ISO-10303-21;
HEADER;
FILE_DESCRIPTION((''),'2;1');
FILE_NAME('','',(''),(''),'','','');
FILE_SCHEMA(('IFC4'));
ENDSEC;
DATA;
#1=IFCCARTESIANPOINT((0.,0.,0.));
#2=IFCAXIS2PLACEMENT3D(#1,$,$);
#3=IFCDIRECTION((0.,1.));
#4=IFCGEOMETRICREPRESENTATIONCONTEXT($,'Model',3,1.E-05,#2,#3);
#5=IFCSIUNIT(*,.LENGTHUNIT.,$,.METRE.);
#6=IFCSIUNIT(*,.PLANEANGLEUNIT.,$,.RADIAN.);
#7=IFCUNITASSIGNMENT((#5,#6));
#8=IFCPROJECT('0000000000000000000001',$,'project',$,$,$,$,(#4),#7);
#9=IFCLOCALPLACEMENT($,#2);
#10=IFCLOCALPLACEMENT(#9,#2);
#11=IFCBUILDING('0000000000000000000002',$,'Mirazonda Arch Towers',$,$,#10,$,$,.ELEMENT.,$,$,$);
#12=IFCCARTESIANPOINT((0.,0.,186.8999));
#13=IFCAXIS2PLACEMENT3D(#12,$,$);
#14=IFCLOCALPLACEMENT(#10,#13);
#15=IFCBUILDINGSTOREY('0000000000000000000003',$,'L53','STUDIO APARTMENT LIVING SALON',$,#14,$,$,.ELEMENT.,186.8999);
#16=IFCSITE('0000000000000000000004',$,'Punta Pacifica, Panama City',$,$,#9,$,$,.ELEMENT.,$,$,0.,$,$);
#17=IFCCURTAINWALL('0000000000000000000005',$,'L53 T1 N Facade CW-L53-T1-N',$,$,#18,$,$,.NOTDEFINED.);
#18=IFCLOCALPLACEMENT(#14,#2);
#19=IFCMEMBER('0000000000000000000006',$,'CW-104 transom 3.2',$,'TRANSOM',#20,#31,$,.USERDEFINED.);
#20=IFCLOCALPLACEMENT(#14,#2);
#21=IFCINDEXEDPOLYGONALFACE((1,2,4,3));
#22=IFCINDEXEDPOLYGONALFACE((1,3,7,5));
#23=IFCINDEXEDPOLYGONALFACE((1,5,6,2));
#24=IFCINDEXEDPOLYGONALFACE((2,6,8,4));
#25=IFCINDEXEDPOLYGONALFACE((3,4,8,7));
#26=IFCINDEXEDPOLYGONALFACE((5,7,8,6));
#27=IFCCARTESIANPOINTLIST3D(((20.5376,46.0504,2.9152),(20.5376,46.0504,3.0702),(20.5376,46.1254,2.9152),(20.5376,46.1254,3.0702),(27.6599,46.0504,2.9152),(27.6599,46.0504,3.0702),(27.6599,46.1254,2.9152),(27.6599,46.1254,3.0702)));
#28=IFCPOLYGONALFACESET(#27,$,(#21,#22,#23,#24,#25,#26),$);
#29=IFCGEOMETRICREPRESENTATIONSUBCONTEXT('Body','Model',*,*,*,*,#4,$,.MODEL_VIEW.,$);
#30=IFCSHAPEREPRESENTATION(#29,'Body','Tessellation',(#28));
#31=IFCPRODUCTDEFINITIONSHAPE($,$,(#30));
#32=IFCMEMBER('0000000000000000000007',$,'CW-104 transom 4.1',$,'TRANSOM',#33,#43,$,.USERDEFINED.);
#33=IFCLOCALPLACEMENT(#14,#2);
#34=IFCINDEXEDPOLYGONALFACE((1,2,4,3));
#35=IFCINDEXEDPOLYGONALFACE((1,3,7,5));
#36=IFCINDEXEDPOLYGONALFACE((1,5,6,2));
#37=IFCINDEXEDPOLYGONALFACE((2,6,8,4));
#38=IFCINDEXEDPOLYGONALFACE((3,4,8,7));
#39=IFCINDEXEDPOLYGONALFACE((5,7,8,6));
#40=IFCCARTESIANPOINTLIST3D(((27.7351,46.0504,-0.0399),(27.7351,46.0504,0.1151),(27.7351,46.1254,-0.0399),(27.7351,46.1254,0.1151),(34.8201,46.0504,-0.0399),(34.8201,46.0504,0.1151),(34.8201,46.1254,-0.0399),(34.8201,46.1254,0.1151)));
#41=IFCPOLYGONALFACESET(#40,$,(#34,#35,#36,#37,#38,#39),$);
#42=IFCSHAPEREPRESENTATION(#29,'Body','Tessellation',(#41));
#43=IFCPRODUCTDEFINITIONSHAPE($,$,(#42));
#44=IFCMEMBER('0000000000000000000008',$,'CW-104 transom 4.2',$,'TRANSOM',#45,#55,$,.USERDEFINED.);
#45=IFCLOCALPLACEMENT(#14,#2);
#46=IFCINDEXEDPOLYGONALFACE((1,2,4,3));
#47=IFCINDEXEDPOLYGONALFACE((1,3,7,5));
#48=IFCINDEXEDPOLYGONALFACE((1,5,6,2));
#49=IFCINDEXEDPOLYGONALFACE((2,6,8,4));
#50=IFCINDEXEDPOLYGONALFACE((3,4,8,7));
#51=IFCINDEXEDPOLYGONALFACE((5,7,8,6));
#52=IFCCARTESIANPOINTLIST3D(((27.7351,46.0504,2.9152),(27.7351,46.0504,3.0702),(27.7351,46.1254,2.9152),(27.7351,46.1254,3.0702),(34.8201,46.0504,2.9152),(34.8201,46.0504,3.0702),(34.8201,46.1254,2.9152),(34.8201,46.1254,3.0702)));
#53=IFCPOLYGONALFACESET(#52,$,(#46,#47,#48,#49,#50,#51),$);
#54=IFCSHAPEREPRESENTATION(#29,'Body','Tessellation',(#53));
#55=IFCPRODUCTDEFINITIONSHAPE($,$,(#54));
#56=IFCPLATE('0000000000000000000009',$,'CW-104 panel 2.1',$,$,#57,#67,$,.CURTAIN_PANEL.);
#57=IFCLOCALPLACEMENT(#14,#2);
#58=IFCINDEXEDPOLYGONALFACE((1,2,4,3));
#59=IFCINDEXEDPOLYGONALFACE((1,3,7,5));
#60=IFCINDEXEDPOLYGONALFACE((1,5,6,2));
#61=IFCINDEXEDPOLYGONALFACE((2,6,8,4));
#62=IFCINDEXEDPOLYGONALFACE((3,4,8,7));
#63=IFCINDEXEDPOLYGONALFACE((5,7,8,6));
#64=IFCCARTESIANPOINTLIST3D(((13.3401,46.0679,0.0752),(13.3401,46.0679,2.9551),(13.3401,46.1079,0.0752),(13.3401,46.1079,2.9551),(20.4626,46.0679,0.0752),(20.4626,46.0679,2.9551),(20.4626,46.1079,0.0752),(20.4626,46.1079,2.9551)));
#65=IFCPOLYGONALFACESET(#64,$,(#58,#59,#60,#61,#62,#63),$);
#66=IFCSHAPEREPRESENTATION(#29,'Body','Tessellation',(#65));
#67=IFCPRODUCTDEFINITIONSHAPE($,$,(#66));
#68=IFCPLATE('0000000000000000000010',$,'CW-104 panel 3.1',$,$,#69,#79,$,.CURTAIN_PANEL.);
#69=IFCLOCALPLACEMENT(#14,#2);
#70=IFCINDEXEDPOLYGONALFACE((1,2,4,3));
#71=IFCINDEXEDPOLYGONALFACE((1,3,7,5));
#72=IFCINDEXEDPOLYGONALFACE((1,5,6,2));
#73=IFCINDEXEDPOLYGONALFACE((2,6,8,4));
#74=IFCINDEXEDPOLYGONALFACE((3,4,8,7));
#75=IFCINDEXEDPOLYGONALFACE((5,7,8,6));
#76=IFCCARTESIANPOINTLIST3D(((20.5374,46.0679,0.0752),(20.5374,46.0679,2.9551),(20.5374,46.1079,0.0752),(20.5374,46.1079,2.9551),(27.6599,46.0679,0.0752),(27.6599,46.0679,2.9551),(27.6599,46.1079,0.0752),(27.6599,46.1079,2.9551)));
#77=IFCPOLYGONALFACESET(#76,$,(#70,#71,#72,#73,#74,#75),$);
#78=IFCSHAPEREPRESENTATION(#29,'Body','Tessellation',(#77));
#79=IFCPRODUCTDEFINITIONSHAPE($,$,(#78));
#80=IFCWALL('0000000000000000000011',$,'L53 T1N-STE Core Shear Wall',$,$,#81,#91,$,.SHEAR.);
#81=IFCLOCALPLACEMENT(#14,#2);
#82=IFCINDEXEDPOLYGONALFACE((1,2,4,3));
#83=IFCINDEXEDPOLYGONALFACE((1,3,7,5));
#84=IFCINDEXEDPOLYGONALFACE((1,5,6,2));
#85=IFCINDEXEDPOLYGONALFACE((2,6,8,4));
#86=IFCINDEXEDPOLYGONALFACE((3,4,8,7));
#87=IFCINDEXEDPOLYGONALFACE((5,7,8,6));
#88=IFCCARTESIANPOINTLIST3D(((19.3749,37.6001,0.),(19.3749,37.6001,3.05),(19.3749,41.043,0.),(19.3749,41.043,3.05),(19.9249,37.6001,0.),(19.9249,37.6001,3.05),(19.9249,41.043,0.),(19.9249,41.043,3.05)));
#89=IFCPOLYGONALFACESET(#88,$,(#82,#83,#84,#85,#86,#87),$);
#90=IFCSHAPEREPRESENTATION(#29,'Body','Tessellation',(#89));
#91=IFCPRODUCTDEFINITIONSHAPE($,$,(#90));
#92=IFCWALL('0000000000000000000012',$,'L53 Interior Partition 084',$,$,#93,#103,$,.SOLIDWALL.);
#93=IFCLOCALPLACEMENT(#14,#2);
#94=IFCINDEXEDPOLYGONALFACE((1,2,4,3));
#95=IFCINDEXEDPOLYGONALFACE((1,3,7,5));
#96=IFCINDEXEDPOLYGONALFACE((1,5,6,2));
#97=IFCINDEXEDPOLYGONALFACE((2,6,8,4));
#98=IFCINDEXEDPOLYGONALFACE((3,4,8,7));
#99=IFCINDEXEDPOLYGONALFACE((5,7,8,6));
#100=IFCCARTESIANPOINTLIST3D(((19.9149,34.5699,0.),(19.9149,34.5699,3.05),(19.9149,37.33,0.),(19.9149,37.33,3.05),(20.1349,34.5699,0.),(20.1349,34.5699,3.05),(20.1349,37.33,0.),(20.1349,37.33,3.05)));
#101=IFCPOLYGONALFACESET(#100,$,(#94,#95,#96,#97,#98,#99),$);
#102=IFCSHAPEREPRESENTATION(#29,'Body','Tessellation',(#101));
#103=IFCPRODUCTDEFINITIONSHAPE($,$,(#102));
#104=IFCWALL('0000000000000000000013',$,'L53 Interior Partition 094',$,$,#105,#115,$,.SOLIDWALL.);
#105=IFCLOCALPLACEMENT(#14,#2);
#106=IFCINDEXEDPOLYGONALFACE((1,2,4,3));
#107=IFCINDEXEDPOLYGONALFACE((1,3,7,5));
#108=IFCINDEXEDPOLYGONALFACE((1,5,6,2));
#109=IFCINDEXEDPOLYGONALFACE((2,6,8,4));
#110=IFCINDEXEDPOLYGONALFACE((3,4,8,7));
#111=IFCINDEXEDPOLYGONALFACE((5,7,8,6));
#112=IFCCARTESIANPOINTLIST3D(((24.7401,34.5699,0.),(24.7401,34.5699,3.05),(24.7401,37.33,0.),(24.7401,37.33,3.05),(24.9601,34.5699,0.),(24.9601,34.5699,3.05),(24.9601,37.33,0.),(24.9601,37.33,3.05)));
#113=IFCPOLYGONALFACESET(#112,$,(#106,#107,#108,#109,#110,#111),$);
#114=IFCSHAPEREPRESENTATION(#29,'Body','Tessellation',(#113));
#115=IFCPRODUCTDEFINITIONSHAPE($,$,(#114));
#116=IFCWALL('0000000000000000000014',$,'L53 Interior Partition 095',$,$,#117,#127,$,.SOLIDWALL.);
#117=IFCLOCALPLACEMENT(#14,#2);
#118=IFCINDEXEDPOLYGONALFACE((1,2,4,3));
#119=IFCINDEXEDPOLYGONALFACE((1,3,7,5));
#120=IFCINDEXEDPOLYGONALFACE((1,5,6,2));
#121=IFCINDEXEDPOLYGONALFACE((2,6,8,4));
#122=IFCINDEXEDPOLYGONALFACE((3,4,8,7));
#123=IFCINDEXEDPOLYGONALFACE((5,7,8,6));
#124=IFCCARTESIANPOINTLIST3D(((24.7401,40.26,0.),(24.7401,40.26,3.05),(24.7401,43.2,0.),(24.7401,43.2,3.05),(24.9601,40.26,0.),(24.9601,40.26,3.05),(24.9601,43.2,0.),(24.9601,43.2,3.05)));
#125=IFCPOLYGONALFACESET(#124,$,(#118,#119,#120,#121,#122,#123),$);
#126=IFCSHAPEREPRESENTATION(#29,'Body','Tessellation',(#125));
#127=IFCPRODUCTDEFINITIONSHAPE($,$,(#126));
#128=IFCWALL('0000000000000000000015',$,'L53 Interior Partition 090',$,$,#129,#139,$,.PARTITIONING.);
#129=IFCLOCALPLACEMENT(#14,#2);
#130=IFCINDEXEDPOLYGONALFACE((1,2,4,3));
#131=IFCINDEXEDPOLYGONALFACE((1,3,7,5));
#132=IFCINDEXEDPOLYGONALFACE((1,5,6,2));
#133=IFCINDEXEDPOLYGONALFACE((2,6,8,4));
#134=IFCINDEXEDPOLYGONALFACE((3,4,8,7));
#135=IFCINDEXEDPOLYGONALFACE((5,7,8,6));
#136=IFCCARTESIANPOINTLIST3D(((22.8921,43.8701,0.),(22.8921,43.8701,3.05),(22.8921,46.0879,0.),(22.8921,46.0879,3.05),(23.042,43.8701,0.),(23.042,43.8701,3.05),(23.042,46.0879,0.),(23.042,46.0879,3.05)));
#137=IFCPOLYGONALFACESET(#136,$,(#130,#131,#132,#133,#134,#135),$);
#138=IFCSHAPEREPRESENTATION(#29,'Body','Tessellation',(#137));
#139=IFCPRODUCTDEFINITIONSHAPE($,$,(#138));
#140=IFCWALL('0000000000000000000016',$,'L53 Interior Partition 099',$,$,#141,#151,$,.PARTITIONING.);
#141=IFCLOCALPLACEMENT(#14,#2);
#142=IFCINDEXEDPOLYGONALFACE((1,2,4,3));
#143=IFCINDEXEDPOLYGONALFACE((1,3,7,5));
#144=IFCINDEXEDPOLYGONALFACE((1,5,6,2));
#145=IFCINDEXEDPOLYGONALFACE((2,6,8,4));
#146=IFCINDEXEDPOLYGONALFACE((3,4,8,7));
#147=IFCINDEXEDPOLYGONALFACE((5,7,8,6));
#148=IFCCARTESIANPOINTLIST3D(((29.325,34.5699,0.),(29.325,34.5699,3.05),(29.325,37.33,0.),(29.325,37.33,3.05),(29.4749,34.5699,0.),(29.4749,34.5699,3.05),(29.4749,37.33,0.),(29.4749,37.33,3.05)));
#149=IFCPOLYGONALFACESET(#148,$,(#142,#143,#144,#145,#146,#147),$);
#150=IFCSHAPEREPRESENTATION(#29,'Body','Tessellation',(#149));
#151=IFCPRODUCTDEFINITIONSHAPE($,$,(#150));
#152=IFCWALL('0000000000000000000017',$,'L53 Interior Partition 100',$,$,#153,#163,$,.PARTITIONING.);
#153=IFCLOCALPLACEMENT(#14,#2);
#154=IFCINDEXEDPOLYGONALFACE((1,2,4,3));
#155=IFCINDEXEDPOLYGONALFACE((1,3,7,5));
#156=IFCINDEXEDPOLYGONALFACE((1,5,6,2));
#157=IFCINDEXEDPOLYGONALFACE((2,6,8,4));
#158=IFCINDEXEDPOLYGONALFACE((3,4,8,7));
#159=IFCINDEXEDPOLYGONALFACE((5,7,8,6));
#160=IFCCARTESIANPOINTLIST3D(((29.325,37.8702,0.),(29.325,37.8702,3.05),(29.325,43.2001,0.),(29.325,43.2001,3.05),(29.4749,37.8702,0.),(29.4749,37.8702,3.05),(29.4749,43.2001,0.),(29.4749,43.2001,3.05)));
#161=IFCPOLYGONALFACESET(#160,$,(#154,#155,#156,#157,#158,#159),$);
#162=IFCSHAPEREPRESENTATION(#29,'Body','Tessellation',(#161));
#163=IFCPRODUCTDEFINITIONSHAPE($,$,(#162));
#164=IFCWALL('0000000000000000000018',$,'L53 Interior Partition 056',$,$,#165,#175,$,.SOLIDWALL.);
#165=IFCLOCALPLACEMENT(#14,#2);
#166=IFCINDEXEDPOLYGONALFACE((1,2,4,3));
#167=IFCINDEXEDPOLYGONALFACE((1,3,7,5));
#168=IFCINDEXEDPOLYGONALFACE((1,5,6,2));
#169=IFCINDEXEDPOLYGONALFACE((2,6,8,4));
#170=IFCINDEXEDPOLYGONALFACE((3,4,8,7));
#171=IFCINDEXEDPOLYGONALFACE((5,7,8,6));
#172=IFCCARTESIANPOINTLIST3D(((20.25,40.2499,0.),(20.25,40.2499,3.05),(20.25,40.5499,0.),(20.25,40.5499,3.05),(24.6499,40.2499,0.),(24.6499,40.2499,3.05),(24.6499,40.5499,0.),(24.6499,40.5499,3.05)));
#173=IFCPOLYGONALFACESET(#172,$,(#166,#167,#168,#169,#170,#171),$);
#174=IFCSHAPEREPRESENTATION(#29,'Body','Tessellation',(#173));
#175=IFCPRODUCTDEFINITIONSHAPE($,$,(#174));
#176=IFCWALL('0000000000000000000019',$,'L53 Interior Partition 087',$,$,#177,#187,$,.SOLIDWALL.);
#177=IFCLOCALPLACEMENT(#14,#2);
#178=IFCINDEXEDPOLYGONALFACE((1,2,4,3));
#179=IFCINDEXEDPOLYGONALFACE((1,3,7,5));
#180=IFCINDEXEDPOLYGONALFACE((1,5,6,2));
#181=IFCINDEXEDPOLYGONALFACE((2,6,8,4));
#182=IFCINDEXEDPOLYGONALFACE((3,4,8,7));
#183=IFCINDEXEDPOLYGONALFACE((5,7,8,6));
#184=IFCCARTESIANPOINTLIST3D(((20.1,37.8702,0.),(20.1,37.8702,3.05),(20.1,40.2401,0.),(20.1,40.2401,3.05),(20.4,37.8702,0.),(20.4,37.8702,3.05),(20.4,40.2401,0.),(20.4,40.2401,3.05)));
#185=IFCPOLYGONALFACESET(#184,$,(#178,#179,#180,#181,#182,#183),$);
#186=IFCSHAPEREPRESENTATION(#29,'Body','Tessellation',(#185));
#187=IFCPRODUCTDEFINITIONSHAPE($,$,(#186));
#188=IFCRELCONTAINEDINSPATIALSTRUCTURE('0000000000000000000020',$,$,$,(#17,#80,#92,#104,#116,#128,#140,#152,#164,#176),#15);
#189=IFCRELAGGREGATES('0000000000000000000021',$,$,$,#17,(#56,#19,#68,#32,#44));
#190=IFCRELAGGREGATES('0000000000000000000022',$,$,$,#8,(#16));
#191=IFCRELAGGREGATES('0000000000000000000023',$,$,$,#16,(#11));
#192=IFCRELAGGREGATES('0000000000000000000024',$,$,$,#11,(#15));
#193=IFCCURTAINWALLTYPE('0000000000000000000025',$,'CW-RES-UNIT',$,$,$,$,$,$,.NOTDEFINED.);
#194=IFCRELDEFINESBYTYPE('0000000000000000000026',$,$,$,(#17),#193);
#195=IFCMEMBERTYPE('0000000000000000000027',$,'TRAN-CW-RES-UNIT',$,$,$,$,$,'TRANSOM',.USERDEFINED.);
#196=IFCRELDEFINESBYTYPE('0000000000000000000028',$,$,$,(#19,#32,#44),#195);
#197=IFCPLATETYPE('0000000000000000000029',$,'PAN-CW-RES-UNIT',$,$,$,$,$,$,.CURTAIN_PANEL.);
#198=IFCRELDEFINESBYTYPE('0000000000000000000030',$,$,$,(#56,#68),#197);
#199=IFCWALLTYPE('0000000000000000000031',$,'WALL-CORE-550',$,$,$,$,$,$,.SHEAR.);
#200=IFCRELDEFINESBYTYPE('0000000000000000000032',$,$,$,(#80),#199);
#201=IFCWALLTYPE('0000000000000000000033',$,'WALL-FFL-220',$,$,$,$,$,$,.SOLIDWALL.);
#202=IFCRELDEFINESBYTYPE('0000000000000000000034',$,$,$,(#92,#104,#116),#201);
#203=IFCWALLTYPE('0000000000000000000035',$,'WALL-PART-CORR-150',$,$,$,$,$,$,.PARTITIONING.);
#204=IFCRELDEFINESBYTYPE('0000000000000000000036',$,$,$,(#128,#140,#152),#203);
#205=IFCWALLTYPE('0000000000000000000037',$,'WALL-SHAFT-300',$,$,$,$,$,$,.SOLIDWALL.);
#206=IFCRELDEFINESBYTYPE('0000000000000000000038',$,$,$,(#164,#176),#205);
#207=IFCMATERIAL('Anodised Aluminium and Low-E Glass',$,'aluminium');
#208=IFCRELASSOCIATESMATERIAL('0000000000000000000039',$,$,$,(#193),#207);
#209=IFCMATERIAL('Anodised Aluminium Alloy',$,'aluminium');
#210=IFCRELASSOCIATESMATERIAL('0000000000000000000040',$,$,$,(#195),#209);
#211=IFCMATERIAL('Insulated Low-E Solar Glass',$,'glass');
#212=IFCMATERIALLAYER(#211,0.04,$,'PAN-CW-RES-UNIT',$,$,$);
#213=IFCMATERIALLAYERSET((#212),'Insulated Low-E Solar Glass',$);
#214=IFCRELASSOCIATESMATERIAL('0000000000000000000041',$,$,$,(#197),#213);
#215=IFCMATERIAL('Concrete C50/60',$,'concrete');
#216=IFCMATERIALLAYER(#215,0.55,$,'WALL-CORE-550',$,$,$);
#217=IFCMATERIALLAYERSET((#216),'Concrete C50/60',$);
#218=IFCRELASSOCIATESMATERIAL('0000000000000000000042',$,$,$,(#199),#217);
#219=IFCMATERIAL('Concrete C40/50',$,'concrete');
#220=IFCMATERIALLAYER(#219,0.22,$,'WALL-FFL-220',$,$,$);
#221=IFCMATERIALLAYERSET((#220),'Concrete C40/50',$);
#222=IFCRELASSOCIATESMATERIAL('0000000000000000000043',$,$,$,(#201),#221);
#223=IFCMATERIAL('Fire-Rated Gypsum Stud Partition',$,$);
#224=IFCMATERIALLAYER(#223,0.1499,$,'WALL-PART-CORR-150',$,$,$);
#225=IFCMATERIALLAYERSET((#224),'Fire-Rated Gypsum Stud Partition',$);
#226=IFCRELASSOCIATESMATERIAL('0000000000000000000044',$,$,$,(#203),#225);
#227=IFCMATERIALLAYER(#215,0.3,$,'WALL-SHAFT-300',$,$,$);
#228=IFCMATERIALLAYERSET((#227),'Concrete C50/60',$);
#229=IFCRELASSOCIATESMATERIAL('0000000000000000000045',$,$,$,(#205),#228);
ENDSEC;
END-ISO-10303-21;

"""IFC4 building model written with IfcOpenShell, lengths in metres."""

from ifc_helpers import new_model, si_unit, direction, frame, frame_2d, origin, origin_2d, place, context, subcontext, project, spatial, rectangle, extrude, material, layer, layer_set, material_profile, profile_set, type_object, element, aggregate, save


model = new_model("IFC4")

# Units and contexts
model_context = context("Model", 3, precision=1e-05, world=origin(), true_north=direction((0.0, 1.0)))
body_context = subcontext(model_context, "Body", "Model", "MODEL_VIEW")
ifc_project = project(units=[si_unit("LENGTHUNIT", "METRE"), si_unit("PLANEANGLEUNIT", "RADIAN")], contexts=[model_context])

# Site, building, storey
site_placement = place(None, origin())
site = spatial("IfcSite", under=ifc_project, at=site_placement, Name="Punta Pacifica, Panama City", CompositionType="ELEMENT", RefElevation=0.0)
building_placement = place(site_placement, origin())
building = spatial("IfcBuilding", under=site, at=building_placement, Name="Mirazonda Arch Towers", CompositionType="ELEMENT")
storey_placement = place(building_placement, frame((0.0, 0.0, 186.8999)))
storey = spatial("IfcBuildingStorey", under=building, at=storey_placement, Name="L53", Description="STUDIO APARTMENT LIVING SALON", CompositionType="ELEMENT", Elevation=186.8999)

# Shared definitions
ifc_material_1 = material(Name="Concrete C50/60", Category="concrete")

# Curtain wall, members, plates
ifc_material_2 = material(Name="Anodised Aluminium and Low-E Glass", Category="aluminium")
curtain_wall_type = type_object("IfcCurtainWallType", Name="CW-RES-UNIT", PredefinedType="NOTDEFINED", material=ifc_material_2)
curtain_wall_placement = place(storey_placement, origin())
curtain_wall = element("IfcCurtainWall", 1, at=curtain_wall_placement, inside=storey, type_object=curtain_wall_type, Name="L53 T1 N Facade CW-L53-T1-N", PredefinedType="NOTDEFINED")
ifc_material_3 = material(Name="Anodised Aluminium Alloy", Category="aluminium")
ifc_material_profile_1 = material_profile(ifc_material_3, rectangle(XDim=0.075, YDim=0.155, at=origin_2d()), Name="ALU-TRAN-75x155")
ifc_profile_set_1 = profile_set([ifc_material_profile_1], Name="Anodised Aluminium Alloy")
member_type_1 = type_object("IfcMemberType", Name="TRAN-CW-RES-UNIT", ElementType="TRANSOM", PredefinedType="USERDEFINED", material=ifc_profile_set_1)
member_1_placement = place(storey_placement, frame((20.5376, 46.0879, 2.9927), z_axis=(1.0, 0.0, 0.0), x_axis=(0.0, 1.0, 0.0)))
member_1 = element("IfcMember", 2, at=member_1_placement, type_object=member_type_1, Name="CW-104 transom 3.2", ObjectType="TRANSOM", PredefinedType="USERDEFINED", context=body_context, shape_type="SweptSolid", body=[
    extrude(rectangle(XDim=0.075, YDim=0.155, at=origin_2d()), origin(), (0.0, 0.0, 1.0), 7.1223),
])
member_2_placement = place(storey_placement, frame((27.7351, 46.0879, 0.0376), z_axis=(1.0, 0.0, 0.0), x_axis=(0.0, 1.0, 0.0)))
member_2 = element("IfcMember", 3, at=member_2_placement, type_object=member_type_1, Name="CW-104 transom 4.1", ObjectType="TRANSOM", PredefinedType="USERDEFINED", context=body_context, shape_type="SweptSolid", body=[
    extrude(rectangle(XDim=0.075, YDim=0.155, at=origin_2d()), origin(), (0.0, 0.0, 1.0), 7.085),
])
member_3_placement = place(storey_placement, frame((27.7351, 46.0879, 2.9927), z_axis=(1.0, 0.0, 0.0), x_axis=(0.0, 1.0, 0.0)))
member_3 = element("IfcMember", 4, at=member_3_placement, type_object=member_type_1, Name="CW-104 transom 4.2", ObjectType="TRANSOM", PredefinedType="USERDEFINED", context=body_context, shape_type="SweptSolid", body=[
    extrude(rectangle(XDim=0.075, YDim=0.155, at=origin_2d()), origin(), (0.0, 0.0, 1.0), 7.085),
])
ifc_material_4 = material(Name="Insulated Low-E Solar Glass", Category="glass")
ifc_layer_1 = layer(ifc_material_4, 0.04, Name="PAN-CW-RES-UNIT")
ifc_layer_set_1 = layer_set([ifc_layer_1], Name="Insulated Low-E Solar Glass")
plate_type = type_object("IfcPlateType", Name="PAN-CW-RES-UNIT", PredefinedType="CURTAIN_PANEL", material=ifc_layer_set_1)
plate_1_placement = place(storey_placement, frame((16.9014, 46.0879, 0.0752), z_axis=(0.0, 0.0, 1.0), x_axis=(1.0, 0.0, 0.0)))
plate_1 = element("IfcPlate", 5, at=plate_1_placement, type_object=plate_type, Name="CW-104 panel 2.1", PredefinedType="CURTAIN_PANEL", context=body_context, shape_type="SweptSolid", body=[
    extrude(rectangle(XDim=7.1226, YDim=0.04, at=origin_2d()), origin(), (0.0, 0.0, 1.0), 2.8799),
])
plate_2_placement = place(storey_placement, frame((24.0986, 46.0879, 0.0752), z_axis=(0.0, 0.0, 1.0), x_axis=(1.0, 0.0, 0.0)))
plate_2 = element("IfcPlate", 6, at=plate_2_placement, type_object=plate_type, Name="CW-104 panel 3.1", PredefinedType="CURTAIN_PANEL", context=body_context, shape_type="SweptSolid", body=[
    extrude(rectangle(XDim=7.1226, YDim=0.04, at=origin_2d()), origin(), (0.0, 0.0, 1.0), 2.8799),
])
aggregate(curtain_wall, [plate_1, member_1, plate_2, member_2, member_3])

# Walls
ifc_layer_2 = layer(ifc_material_1, 0.55, Name="WALL-CORE-550")
ifc_layer_set_2 = layer_set([ifc_layer_2], Name="Concrete C50/60")
wall_type_1 = type_object("IfcWallType", Name="WALL-CORE-550", PredefinedType="SHEAR", material=ifc_layer_set_2)
wall_1_placement = place(storey_placement, frame((19.6499, 37.6001, 0.0), z_axis=(0.0, 0.0, 1.0), x_axis=(0.0, 1.0, 0.0)))
element("IfcWall", 7, at=wall_1_placement, inside=storey, type_object=wall_type_1, Name="L53 T1N-STE Core Shear Wall", PredefinedType="SHEAR", context=body_context, shape_type="SweptSolid", body=[
    extrude(rectangle(XDim=3.4429, YDim=0.55, at=frame_2d((1.7214, 0.0))), origin(), (0.0, 0.0, 1.0), 3.05),
])
ifc_material_5 = material(Name="Concrete C40/50", Category="concrete")
ifc_layer_3 = layer(ifc_material_5, 0.22, Name="WALL-FFL-220")
ifc_layer_set_3 = layer_set([ifc_layer_3], Name="Concrete C40/50")
wall_type_2 = type_object("IfcWallType", Name="WALL-FFL-220", PredefinedType="SOLIDWALL", material=ifc_layer_set_3)
for number, where, z_axis, x_axis, name in (
    (8, (20.0249, 34.5701, 0.0), (0.0, 0.0, 1.0), (0.0, 1.0, 0.0), "L53 Interior Partition 084"),
    (9, (24.8501, 34.5701, 0.0), (0.0, 0.0, 1.0), (0.0, 1.0, 0.0), "L53 Interior Partition 094"),
):
    element("IfcWall", number, at=place(storey_placement, frame(where, z_axis=z_axis, x_axis=x_axis)), inside=storey, type_object=wall_type_2, Name=name, PredefinedType="SOLIDWALL", context=body_context, shape_type="SweptSolid", body=[
        extrude(rectangle(XDim=2.76, YDim=0.22, at=frame_2d((1.3799, 0.0))), origin(), (0.0, 0.0, 1.0), 3.05),
    ])
wall_2_placement = place(storey_placement, frame((24.8501, 40.26, 0.0), z_axis=(0.0, 0.0, 1.0), x_axis=(0.0, 1.0, 0.0)))
element("IfcWall", 10, at=wall_2_placement, inside=storey, type_object=wall_type_2, Name="L53 Interior Partition 095", PredefinedType="SOLIDWALL", context=body_context, shape_type="SweptSolid", body=[
    extrude(rectangle(XDim=2.9399, YDim=0.22, at=frame_2d((1.47, 0.0))), origin(), (0.0, 0.0, 1.0), 3.05),
])
ifc_material_6 = material(Name="Fire-Rated Gypsum Stud Partition")
ifc_layer_4 = layer(ifc_material_6, 0.1499, Name="WALL-PART-CORR-150")
ifc_layer_set_4 = layer_set([ifc_layer_4], Name="Fire-Rated Gypsum Stud Partition")
wall_type_3 = type_object("IfcWallType", Name="WALL-PART-CORR-150", PredefinedType="PARTITIONING", material=ifc_layer_set_4)
wall_3_placement = place(storey_placement, frame((22.967, 43.8701, 0.0), z_axis=(0.0, 0.0, 1.0), x_axis=(0.0, 1.0, 0.0)))
element("IfcWall", 11, at=wall_3_placement, inside=storey, type_object=wall_type_3, Name="L53 Interior Partition 090", PredefinedType="PARTITIONING", context=body_context, shape_type="SweptSolid", body=[
    extrude(rectangle(XDim=2.2178, YDim=0.1499, at=frame_2d((1.1089, 0.0))), origin(), (0.0, 0.0, 1.0), 3.05),
])
wall_4_placement = place(storey_placement, frame((29.3999, 34.5701, 0.0), z_axis=(0.0, 0.0, 1.0), x_axis=(0.0, 1.0, 0.0)))
element("IfcWall", 12, at=wall_4_placement, inside=storey, type_object=wall_type_3, Name="L53 Interior Partition 099", PredefinedType="PARTITIONING", context=body_context, shape_type="SweptSolid", body=[
    extrude(rectangle(XDim=2.76, YDim=0.1499, at=frame_2d((1.3799, 0.0))), origin(), (0.0, 0.0, 1.0), 3.05),
])
wall_5_placement = place(storey_placement, frame((29.3999, 37.8701, 0.0), z_axis=(0.0, 0.0, 1.0), x_axis=(0.0, 1.0, 0.0)))
element("IfcWall", 13, at=wall_5_placement, inside=storey, type_object=wall_type_3, Name="L53 Interior Partition 100", PredefinedType="PARTITIONING", context=body_context, shape_type="SweptSolid", body=[
    extrude(rectangle(XDim=5.3298, YDim=0.1499, at=frame_2d((2.665, 0.0))), origin(), (0.0, 0.0, 1.0), 3.05),
])
ifc_layer_5 = layer(ifc_material_1, 0.3, Name="WALL-SHAFT-300")
ifc_layer_set_5 = layer_set([ifc_layer_5], Name="Concrete C50/60")
wall_type_4 = type_object("IfcWallType", Name="WALL-SHAFT-300", PredefinedType="SOLIDWALL", material=ifc_layer_set_5)
wall_6_placement = place(storey_placement, frame((20.25, 40.3999, 0.0), z_axis=(0.0, 0.0, 1.0), x_axis=(1.0, 0.0, 0.0)))
element("IfcWall", 14, at=wall_6_placement, inside=storey, type_object=wall_type_4, Name="L53 Interior Partition 056", PredefinedType="SOLIDWALL", context=body_context, shape_type="SweptSolid", body=[
    extrude(rectangle(XDim=4.3999, YDim=0.3, at=frame_2d((2.2, 0.0))), origin(), (0.0, 0.0, 1.0), 3.05),
])
for number, where, z_axis, x_axis, name in (
    (15, (20.25, 37.8701, 0.0), (0.0, 0.0, 1.0), (0.0, 1.0, 0.0), "L53 Interior Partition 087"),
):
    element("IfcWall", number, at=place(storey_placement, frame(where, z_axis=z_axis, x_axis=x_axis)), inside=storey, type_object=wall_type_4, Name=name, PredefinedType="SOLIDWALL", context=body_context, shape_type="SweptSolid", body=[
        extrude(rectangle(XDim=2.3699, YDim=0.3, at=frame_2d((1.1851, 0.0))), origin(), (0.0, 0.0, 1.0), 3.05),
    ])

save(model, "model.ifc")
